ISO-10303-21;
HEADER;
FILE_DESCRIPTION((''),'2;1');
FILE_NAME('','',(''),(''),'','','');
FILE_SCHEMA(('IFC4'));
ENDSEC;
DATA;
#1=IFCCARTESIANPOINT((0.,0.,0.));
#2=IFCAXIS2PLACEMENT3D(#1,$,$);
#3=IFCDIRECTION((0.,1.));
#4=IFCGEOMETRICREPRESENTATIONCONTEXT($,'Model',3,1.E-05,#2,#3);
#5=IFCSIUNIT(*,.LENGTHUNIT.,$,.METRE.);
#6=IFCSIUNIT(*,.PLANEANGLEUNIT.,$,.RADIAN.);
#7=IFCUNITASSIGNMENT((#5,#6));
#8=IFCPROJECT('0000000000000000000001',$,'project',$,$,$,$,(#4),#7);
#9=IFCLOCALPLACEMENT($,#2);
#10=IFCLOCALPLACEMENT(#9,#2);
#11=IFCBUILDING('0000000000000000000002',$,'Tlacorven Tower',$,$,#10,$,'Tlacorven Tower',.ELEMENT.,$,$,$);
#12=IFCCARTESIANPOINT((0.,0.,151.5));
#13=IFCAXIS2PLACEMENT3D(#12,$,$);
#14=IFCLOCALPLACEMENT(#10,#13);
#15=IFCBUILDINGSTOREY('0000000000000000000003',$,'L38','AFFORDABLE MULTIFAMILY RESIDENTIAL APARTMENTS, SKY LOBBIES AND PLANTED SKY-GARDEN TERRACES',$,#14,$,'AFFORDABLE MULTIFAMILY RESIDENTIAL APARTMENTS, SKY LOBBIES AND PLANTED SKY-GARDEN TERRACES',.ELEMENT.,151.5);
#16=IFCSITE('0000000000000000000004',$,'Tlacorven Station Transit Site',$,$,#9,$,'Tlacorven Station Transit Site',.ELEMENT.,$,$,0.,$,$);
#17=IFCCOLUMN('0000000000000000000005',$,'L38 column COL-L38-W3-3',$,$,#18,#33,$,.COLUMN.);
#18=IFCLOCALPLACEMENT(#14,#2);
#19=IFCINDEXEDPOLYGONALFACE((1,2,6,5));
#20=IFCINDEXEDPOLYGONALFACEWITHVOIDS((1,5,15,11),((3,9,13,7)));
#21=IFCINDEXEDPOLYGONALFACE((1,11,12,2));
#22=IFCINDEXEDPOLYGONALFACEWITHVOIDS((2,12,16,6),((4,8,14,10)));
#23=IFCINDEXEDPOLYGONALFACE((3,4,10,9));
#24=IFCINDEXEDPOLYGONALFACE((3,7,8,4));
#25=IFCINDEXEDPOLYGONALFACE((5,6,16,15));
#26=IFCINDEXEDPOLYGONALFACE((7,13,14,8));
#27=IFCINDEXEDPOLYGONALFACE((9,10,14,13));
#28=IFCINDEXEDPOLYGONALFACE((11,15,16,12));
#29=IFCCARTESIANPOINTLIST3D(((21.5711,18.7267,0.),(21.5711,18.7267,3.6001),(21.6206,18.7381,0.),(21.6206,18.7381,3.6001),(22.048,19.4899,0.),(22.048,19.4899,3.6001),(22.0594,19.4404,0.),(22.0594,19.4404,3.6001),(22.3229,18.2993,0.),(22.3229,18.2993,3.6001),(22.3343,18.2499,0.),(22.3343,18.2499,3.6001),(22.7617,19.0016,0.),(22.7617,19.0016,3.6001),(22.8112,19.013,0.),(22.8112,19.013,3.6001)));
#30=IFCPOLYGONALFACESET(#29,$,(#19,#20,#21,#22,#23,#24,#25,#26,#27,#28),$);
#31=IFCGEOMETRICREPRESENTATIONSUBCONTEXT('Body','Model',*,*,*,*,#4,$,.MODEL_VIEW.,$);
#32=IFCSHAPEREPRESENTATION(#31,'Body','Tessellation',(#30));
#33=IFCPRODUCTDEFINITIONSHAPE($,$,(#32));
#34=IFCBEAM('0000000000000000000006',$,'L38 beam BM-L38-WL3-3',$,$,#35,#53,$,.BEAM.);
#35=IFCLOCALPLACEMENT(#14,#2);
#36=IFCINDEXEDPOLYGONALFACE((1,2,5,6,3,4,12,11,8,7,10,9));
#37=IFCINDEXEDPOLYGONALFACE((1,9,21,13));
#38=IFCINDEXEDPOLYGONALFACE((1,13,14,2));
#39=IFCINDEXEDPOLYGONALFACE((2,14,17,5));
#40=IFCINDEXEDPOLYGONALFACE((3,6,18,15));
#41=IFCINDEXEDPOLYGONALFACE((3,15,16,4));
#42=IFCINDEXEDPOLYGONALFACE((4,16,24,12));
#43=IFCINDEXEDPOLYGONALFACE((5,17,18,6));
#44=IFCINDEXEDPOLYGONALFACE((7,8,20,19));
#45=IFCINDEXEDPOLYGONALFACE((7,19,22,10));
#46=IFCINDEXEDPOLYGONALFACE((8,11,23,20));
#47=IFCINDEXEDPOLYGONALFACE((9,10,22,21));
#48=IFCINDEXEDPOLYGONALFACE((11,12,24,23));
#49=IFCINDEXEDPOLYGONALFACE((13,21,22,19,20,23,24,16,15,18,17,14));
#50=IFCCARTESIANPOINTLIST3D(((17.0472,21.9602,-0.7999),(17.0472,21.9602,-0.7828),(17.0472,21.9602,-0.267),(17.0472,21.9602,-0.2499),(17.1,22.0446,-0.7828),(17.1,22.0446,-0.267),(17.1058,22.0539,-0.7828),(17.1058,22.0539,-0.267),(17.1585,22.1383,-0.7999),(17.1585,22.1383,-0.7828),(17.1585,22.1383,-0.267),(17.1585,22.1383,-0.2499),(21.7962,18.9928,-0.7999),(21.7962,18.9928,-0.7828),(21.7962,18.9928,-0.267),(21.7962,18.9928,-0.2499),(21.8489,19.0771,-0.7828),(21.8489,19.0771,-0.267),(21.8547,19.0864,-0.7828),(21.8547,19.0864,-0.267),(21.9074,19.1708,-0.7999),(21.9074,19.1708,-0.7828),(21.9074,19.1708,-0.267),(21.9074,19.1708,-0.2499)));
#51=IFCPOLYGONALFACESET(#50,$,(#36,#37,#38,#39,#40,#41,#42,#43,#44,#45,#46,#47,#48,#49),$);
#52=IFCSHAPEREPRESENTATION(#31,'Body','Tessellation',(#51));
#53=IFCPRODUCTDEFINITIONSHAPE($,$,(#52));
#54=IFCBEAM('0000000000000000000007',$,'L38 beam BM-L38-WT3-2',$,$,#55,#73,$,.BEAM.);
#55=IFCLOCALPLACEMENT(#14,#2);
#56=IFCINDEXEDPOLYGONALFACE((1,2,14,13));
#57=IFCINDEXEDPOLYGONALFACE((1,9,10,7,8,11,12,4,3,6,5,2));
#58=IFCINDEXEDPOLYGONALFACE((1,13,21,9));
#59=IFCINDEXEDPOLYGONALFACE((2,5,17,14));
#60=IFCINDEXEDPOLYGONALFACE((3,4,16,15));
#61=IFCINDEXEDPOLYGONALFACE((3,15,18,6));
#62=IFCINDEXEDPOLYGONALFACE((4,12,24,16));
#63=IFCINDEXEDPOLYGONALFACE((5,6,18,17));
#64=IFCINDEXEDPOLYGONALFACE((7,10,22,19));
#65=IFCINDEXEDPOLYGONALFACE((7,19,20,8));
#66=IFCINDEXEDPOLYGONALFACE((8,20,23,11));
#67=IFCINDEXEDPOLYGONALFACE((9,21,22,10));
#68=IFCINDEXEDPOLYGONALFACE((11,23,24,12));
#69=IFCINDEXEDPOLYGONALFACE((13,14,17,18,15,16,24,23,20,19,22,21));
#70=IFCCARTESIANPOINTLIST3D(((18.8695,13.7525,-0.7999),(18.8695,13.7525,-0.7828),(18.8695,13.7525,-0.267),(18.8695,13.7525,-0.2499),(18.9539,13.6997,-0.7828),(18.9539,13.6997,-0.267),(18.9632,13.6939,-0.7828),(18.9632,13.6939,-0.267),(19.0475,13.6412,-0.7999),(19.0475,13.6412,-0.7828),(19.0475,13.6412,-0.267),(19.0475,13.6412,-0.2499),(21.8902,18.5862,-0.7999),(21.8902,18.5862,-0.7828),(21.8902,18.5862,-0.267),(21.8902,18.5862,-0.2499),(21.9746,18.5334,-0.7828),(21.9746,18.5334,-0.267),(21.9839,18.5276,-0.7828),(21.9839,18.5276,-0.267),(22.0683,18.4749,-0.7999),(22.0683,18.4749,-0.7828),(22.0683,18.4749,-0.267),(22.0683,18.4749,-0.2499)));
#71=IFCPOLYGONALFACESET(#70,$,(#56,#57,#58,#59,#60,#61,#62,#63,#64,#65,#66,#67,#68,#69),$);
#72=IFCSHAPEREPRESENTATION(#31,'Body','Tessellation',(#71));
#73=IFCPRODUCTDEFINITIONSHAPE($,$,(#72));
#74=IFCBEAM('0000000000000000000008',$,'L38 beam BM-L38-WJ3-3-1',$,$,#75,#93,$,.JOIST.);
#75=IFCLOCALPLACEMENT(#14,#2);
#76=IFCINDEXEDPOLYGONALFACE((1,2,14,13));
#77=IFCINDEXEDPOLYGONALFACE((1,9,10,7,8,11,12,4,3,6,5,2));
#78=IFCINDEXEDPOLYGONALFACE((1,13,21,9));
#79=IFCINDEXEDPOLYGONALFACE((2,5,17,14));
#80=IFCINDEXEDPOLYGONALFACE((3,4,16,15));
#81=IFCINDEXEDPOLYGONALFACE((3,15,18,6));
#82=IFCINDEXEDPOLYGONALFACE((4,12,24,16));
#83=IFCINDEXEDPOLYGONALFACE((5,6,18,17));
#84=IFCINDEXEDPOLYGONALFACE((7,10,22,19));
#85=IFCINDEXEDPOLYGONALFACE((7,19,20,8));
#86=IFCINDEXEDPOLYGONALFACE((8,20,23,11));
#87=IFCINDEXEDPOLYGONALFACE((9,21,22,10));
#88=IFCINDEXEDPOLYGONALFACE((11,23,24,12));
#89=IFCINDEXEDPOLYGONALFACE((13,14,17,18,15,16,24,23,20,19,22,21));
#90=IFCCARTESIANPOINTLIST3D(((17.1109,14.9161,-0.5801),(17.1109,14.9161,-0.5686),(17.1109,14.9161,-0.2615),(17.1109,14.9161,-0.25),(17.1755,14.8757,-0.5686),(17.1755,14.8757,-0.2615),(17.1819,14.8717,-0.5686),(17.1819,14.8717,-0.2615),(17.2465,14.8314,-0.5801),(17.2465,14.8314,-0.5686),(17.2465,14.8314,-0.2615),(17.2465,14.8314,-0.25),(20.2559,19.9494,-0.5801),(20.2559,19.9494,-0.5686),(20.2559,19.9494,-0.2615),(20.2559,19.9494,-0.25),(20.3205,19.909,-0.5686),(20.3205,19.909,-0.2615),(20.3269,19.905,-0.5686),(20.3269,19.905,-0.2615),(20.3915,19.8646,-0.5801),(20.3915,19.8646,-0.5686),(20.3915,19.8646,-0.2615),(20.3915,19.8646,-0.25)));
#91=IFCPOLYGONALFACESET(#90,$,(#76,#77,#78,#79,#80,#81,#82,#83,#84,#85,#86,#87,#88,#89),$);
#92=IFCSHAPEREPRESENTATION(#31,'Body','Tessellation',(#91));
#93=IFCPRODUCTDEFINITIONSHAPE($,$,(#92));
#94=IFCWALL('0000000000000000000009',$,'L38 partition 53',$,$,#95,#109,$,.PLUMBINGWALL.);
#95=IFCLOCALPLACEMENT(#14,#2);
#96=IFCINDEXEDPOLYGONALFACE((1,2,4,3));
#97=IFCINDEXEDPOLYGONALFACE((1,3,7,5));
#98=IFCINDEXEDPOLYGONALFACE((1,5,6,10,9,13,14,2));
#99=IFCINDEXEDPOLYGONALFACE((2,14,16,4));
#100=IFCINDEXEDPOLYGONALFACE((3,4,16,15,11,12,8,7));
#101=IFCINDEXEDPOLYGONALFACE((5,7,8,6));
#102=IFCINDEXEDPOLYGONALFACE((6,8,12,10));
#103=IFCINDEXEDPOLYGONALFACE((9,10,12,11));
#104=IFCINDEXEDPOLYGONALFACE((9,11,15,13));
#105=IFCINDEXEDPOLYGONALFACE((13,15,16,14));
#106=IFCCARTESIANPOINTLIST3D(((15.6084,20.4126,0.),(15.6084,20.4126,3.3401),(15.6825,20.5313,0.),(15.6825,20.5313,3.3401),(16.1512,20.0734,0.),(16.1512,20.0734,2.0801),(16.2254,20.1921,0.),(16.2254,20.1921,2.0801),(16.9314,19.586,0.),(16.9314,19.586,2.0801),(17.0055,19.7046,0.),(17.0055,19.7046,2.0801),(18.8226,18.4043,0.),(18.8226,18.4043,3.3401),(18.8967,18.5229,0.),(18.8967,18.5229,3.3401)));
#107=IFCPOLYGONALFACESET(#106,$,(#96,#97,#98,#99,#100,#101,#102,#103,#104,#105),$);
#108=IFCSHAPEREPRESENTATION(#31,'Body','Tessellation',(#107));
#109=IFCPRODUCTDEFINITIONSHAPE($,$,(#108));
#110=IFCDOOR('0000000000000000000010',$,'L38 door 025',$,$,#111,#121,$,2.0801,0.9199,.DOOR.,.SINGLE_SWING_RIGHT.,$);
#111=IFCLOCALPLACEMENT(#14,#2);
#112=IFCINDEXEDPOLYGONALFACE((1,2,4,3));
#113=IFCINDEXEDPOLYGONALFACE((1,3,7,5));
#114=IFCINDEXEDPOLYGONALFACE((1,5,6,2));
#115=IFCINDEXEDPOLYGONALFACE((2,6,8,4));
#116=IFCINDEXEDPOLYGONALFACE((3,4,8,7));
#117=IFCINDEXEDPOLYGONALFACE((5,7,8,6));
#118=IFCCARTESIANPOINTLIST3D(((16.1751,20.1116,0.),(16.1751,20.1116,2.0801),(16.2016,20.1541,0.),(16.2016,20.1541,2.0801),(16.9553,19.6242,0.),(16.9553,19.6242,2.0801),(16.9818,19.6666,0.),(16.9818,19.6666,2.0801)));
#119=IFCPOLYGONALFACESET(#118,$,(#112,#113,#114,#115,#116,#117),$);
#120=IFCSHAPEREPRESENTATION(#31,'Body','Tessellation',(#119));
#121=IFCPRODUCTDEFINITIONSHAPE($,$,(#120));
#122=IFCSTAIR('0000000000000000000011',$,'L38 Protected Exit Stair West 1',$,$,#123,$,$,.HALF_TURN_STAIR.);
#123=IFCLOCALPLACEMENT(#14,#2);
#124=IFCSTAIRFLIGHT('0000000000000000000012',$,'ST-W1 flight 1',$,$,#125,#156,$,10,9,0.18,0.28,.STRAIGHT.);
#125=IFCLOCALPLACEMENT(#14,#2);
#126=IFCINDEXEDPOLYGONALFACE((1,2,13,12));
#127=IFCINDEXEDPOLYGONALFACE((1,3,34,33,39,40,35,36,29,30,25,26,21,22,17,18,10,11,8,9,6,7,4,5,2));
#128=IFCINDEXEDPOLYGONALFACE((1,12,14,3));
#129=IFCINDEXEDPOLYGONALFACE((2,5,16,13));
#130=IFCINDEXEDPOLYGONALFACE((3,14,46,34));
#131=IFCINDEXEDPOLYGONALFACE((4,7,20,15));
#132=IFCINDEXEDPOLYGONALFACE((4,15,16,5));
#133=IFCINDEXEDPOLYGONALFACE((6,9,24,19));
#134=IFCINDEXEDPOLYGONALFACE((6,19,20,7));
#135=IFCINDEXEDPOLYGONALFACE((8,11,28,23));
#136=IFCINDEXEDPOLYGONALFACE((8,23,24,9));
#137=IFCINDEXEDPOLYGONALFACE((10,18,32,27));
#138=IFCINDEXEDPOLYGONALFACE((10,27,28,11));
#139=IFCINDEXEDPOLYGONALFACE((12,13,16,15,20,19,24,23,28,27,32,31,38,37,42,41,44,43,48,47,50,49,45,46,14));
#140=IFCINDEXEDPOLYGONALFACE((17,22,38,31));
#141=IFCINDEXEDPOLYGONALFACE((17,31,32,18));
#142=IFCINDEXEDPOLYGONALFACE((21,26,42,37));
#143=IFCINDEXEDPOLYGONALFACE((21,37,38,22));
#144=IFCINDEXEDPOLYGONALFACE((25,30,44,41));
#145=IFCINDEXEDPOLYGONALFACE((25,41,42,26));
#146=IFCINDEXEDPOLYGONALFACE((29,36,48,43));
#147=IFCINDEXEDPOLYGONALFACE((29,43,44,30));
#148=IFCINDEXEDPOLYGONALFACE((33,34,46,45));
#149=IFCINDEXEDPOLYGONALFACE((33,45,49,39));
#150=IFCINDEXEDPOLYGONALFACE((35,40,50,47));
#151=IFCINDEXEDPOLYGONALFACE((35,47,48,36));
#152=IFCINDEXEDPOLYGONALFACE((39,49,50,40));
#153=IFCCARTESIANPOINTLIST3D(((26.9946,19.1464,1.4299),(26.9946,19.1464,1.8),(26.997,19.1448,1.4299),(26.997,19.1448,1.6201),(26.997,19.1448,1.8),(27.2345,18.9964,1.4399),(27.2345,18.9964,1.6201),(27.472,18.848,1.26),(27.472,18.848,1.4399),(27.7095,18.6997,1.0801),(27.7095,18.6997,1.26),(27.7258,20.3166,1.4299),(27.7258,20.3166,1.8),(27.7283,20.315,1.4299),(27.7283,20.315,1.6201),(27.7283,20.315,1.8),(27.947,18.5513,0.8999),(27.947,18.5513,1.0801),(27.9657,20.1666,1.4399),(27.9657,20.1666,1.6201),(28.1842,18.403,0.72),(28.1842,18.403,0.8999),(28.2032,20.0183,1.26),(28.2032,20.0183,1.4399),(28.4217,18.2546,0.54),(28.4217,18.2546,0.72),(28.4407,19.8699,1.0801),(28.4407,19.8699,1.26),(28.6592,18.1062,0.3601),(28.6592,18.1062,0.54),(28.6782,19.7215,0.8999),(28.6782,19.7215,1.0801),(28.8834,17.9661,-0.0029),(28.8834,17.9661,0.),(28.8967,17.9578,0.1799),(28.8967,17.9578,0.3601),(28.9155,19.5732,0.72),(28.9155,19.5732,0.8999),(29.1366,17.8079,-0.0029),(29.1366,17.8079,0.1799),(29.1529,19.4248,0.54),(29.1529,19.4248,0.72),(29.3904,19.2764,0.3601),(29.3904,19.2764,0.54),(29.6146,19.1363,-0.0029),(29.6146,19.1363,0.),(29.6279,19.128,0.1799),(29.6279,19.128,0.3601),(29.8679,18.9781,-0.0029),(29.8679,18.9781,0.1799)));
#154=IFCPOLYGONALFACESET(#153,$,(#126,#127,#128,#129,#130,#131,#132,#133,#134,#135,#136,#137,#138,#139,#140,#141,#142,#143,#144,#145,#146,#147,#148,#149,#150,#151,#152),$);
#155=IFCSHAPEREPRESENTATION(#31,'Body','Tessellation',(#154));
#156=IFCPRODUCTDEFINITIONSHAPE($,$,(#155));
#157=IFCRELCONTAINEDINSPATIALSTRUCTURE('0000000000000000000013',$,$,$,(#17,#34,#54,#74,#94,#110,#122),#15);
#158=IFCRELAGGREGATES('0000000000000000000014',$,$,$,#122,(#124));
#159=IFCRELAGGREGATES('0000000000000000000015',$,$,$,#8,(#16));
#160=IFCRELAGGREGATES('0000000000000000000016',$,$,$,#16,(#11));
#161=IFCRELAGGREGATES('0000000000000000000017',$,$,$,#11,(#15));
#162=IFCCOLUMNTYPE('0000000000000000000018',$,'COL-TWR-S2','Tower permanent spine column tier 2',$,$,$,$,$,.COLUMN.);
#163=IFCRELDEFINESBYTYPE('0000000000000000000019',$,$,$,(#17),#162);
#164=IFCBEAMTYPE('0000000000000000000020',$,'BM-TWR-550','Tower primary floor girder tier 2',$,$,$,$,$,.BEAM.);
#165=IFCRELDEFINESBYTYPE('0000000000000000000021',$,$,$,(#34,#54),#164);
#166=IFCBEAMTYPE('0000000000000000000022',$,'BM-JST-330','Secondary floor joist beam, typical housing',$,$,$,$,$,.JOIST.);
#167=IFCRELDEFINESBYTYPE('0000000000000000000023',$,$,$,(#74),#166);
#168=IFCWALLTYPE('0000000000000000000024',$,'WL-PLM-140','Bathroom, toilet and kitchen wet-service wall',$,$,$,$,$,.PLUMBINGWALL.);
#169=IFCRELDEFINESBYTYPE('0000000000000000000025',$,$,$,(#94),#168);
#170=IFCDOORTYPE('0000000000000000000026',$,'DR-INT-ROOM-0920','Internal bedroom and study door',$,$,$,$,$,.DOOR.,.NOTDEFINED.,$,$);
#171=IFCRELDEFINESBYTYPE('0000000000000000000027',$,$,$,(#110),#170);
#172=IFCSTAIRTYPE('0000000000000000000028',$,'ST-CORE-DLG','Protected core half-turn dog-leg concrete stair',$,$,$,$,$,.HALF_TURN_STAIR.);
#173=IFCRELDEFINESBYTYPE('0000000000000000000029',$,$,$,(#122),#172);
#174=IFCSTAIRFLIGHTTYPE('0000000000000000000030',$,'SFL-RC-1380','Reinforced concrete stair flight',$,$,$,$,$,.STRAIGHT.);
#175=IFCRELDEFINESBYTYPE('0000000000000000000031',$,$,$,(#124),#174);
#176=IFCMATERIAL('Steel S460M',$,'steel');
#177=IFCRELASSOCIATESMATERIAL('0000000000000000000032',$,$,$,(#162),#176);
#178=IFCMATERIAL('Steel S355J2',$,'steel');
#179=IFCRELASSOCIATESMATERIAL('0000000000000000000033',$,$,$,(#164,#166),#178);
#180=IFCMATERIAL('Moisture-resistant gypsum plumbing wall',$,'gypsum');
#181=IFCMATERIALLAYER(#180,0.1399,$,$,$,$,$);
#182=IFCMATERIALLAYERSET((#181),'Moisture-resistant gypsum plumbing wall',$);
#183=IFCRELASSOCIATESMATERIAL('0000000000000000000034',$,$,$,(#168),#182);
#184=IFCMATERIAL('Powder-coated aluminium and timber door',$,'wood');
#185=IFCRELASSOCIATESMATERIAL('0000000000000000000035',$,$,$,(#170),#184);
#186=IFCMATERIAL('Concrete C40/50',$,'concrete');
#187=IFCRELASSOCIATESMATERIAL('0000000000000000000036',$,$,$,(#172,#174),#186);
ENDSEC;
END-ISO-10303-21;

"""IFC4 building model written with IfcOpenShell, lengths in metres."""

from ifc_helpers import new_model, si_unit, direction, frame, frame_2d, origin, origin_2d, place, context, subcontext, project, spatial, polyline, rectangle, hollow_rectangle, i_section, outline, extrude, source, transform, mapped, material, layer, layer_set, material_profile, profile_set, type_object, element, fill, aggregate, save


model = new_model("IFC4")

# Units and contexts
model_context = context("Model", 3, precision=1e-05, world=origin(), true_north=direction((0.0, 1.0)))
body_context = subcontext(model_context, "Body", "Model", "MODEL_VIEW")
ifc_project = project(units=[si_unit("LENGTHUNIT", "METRE"), si_unit("PLANEANGLEUNIT", "RADIAN")], contexts=[model_context])

# Site, building, storey
site_placement = place(None, origin())
site = spatial("IfcSite", under=ifc_project, at=site_placement, Name="Tlacorven Station Transit Site", LongName="Tlacorven Station Transit Site", CompositionType="ELEMENT", RefElevation=0.0)
building_placement = place(site_placement, origin())
building = spatial("IfcBuilding", under=site, at=building_placement, Name="Tlacorven Tower", LongName="Tlacorven Tower", CompositionType="ELEMENT")
storey_placement = place(building_placement, frame((0.0, 0.0, 151.5)))
storey = spatial("IfcBuildingStorey", under=building, at=storey_placement, Name="L38", Description="AFFORDABLE MULTIFAMILY RESIDENTIAL APARTMENTS, SKY LOBBIES AND PLANTED SKY-GARDEN TERRACES", LongName="AFFORDABLE MULTIFAMILY RESIDENTIAL APARTMENTS, SKY LOBBIES AND PLANTED SKY-GARDEN TERRACES", CompositionType="ELEMENT", Elevation=151.5)

# Column
ifc_material_1 = material(Name="Steel S460M", Category="steel")
ifc_material_profile_1 = material_profile(ifc_material_1, hollow_rectangle(XDim=0.8999, YDim=0.8999, WallThickness=0.0359, at=origin_2d()), Name="BOX 900X900X36")
ifc_profile_set_1 = profile_set([ifc_material_profile_1], Name="Steel S460M")
column_type = type_object("IfcColumnType", Name="COL-TWR-S2", Description="Tower permanent spine column tier 2", PredefinedType="COLUMN", material=ifc_profile_set_1)
shared_shape_1 = source(origin(), body_context, "Body", "SweptSolid", [
    extrude(hollow_rectangle(XDim=0.8999, YDim=0.8999, WallThickness=0.0359, at=origin_2d()), origin(), (0.0, 0.0, 1.0), 3.6001),
])
column_placement = place(storey_placement, frame((22.1912, 18.8699, 0.0), z_axis=(0.0, 0.0, 1.0), x_axis=(-0.848048, 0.529919, 0.0)))
element("IfcColumn", 1, at=column_placement, inside=storey, type_object=column_type, Name="L38 column COL-L38-W3-3", PredefinedType="COLUMN", context=body_context, shape_type="MappedRepresentation", body=[
    mapped(shared_shape_1, transform((0.0, 0.0, 0.0), scale=1.0)),
])

# Beams
ifc_material_2 = material(Name="Steel S355J2", Category="steel")
ifc_material_profile_2 = material_profile(ifc_material_2, i_section(OverallWidth=0.21, OverallDepth=0.55, WebThickness=0.011, FlangeThickness=0.0171, at=origin_2d()), Name="IPE 550")
ifc_profile_set_2 = profile_set([ifc_material_profile_2], Name="Steel S355J2")
beam_type_1 = type_object("IfcBeamType", Name="BM-TWR-550", Description="Tower primary floor girder tier 2", PredefinedType="BEAM", material=ifc_profile_set_2)
shared_shape_2 = source(origin(), body_context, "Body", "SweptSolid", [
    extrude(i_section(OverallWidth=0.21, OverallDepth=0.55, WebThickness=0.011, FlangeThickness=0.0171, at=origin_2d()), origin(), (0.0, 0.0, 1.0), 5.5999),
])
beam_1_placement = place(storey_placement, frame((21.8518, 19.0818, -0.5249), z_axis=(-0.848047, 0.529921, 0.0), x_axis=(-0.529921, -0.848047, 0.0)))
element("IfcBeam", 2, at=beam_1_placement, inside=storey, type_object=beam_type_1, Name="L38 beam BM-L38-WL3-3", PredefinedType="BEAM", context=body_context, shape_type="MappedRepresentation", body=[
    mapped(shared_shape_2, transform((0.0, 0.0, 0.0), scale=1.0)),
])
shared_shape_3 = source(origin(), body_context, "Body", "SweptSolid", [
    extrude(i_section(OverallWidth=0.21, OverallDepth=0.55, WebThickness=0.011, FlangeThickness=0.0171, at=origin_2d()), origin(), (0.0, 0.0, 1.0), 5.7),
])
beam_2_placement = place(storey_placement, frame((21.9792, 18.5305, -0.5249), z_axis=(-0.529957, -0.848025, 0.0), x_axis=(0.848025, -0.529957, 0.0)))
element("IfcBeam", 3, at=beam_2_placement, inside=storey, type_object=beam_type_1, Name="L38 beam BM-L38-WT3-2", PredefinedType="BEAM", context=body_context, shape_type="MappedRepresentation", body=[
    mapped(shared_shape_3, transform((0.0, 0.0, 0.0), scale=1.0)),
])
ifc_material_profile_3 = material_profile(ifc_material_2, i_section(OverallWidth=0.1599, OverallDepth=0.3301, WebThickness=0.0076, FlangeThickness=0.0115, at=origin_2d()), Name="IPE 330")
ifc_profile_set_3 = profile_set([ifc_material_profile_3], Name="Steel S355J2")
beam_type_2 = type_object("IfcBeamType", Name="BM-JST-330", Description="Secondary floor joist beam, typical housing", PredefinedType="JOIST", material=ifc_profile_set_3)
shared_shape_4 = source(origin(), body_context, "Body", "SweptSolid", [
    extrude(i_section(OverallWidth=0.1599, OverallDepth=0.3301, WebThickness=0.0076, FlangeThickness=0.0115, at=origin_2d()), origin(), (0.0, 0.0, 1.0), 5.9351),
])
beam_3_placement = place(storey_placement, frame((20.3237, 19.907, -0.415), z_axis=(-0.52991, -0.848054, 0.0), x_axis=(0.848054, -0.52991, 0.0)))
element("IfcBeam", 4, at=beam_3_placement, inside=storey, type_object=beam_type_2, Name="L38 beam BM-L38-WJ3-3-1", PredefinedType="JOIST", context=body_context, shape_type="MappedRepresentation", body=[
    mapped(shared_shape_4, transform((0.0, 0.0, 0.0), scale=1.0)),
])

# Wall, opening, door
ifc_material_3 = material(Name="Moisture-resistant gypsum plumbing wall", Category="gypsum")
ifc_layer = layer(ifc_material_3, 0.1399)
ifc_layer_set = layer_set([ifc_layer], Name="Moisture-resistant gypsum plumbing wall")
wall_type = type_object("IfcWallType", Name="WL-PLM-140", Description="Bathroom, toilet and kitchen wet-service wall", PredefinedType="PLUMBINGWALL", material=ifc_layer_set)
wall_placement = place(storey_placement, frame((18.8596, 18.4636, 0.0), z_axis=(0.0, 0.0, 1.0), x_axis=(-0.84806, 0.529901, 0.0)))
wall = element("IfcWall", 5, at=wall_placement, inside=storey, type_object=wall_type, Name="L38 partition 53", PredefinedType="PLUMBINGWALL", context=body_context, shape_type="SweptSolid", body=[
    extrude(rectangle(XDim=3.79, YDim=0.1399, at=frame_2d((1.895, 0.0))), origin(), (0.0, 0.0, 1.0), 3.3401),
])
opening_placement = place(wall_placement, frame((2.23, 0.0, 0.0)))
opening = element("IfcOpeningElement", 6, at=opening_placement, cuts=wall, PredefinedType="OPENING", context=body_context, shape_type="SweptSolid", body=[
    extrude(rectangle(XDim=0.9199, YDim=2.0801, at=frame_2d((0.46, 1.04))), frame((0.0, 0.0801, 0.0), z_axis=(0.0, -1.0, 0.0), x_axis=(1.0, 0.0, 0.0)), (0.0, 0.0, 1.0), 0.1599),
])
ifc_material_4 = material(Name="Powder-coated aluminium and timber door", Category="wood")
door_type = type_object("IfcDoorType", Name="DR-INT-ROOM-0920", Description="Internal bedroom and study door", OperationType="NOTDEFINED", PredefinedType="DOOR", material=ifc_material_4)
shared_shape_5 = source(origin(), body_context, "Body", "SweptSolid", [
    extrude(rectangle(XDim=0.9199, YDim=2.0801, at=frame_2d((0.46, 1.04))), frame((0.0, 0.0249, 0.0), z_axis=(0.0, -1.0, 0.0), x_axis=(1.0, 0.0, 0.0)), (0.0, 0.0, 1.0), 0.05),
])
door_placement = place(opening_placement, origin())
door = element("IfcDoor", 7, at=door_placement, inside=storey, type_object=door_type, Name="L38 door 025", OperationType="SINGLE_SWING_RIGHT", OverallHeight=2.0801, OverallWidth=0.9199, PredefinedType="DOOR", context=body_context, shape_type="MappedRepresentation", body=[
    mapped(shared_shape_5, transform((0.0, 0.0, 0.0), scale=1.0)),
])
fill(opening, door)

# Stair, stair flight
ifc_material_5 = material(Name="Concrete C40/50", Category="concrete")
stair_type = type_object("IfcStairType", Name="ST-CORE-DLG", Description="Protected core half-turn dog-leg concrete stair", PredefinedType="HALF_TURN_STAIR", material=ifc_material_5)
stair_placement = place(storey_placement, origin())
stair = element("IfcStair", 8, at=stair_placement, inside=storey, type_object=stair_type, Name="L38 Protected Exit Stair West 1", PredefinedType="HALF_TURN_STAIR")
stair_flight_type = type_object("IfcStairFlightType", Name="SFL-RC-1380", Description="Reinforced concrete stair flight", PredefinedType="STRAIGHT", material=ifc_material_5)
shared_shape_6 = source(origin(), body_context, "Body", "SweptSolid", [
    extrude(outline(polyline([(-0.0029, -0.0029), (-0.0029, 0.1799), (0.28, 0.1799), (0.28, 0.3601), (0.5601, 0.3601), (0.5601, 0.54), (0.8401, 0.54), (0.8401, 0.72), (1.1201, 0.72), (1.1201, 0.8999), (1.3999, 0.8999), (1.3999, 1.0801), (1.6799, 1.0801), (1.6799, 1.26), (1.96, 1.26), (1.96, 1.4399), (2.24, 1.4399), (2.24, 1.6201), (2.52, 1.6201), (2.52, 1.8), (2.5229, 1.8), (2.5229, 1.4299), (2.52, 1.4299), (0.2957, 0.0), (0.2957, -0.0029), (-0.0029, -0.0029)])), frame((0.0, 0.6899, 0.0), z_axis=(0.0, -1.0, 0.0), x_axis=(1.0, 0.0, 0.0)), (0.0, 0.0, 1.0), 1.3799),
])
stair_flight_1_placement = place(storey_placement, frame((29.4998, 18.3945, 0.0), z_axis=(0.0, 0.0, 1.0), x_axis=(-0.848048, 0.529919, 0.0)))
stair_flight_1 = element("IfcStairFlight", 9, at=stair_flight_1_placement, type_object=stair_flight_type, Name="ST-W1 flight 1", NumberOfRisers=10, NumberOfTreads=9, PredefinedType="STRAIGHT", RiserHeight=0.18, TreadLength=0.28, context=body_context, shape_type="MappedRepresentation", body=[
    mapped(shared_shape_6, transform((0.0, 0.0, 0.0), scale=1.0)),
])
aggregate(stair, [stair_flight_1])

save(model, "model.ifc")
